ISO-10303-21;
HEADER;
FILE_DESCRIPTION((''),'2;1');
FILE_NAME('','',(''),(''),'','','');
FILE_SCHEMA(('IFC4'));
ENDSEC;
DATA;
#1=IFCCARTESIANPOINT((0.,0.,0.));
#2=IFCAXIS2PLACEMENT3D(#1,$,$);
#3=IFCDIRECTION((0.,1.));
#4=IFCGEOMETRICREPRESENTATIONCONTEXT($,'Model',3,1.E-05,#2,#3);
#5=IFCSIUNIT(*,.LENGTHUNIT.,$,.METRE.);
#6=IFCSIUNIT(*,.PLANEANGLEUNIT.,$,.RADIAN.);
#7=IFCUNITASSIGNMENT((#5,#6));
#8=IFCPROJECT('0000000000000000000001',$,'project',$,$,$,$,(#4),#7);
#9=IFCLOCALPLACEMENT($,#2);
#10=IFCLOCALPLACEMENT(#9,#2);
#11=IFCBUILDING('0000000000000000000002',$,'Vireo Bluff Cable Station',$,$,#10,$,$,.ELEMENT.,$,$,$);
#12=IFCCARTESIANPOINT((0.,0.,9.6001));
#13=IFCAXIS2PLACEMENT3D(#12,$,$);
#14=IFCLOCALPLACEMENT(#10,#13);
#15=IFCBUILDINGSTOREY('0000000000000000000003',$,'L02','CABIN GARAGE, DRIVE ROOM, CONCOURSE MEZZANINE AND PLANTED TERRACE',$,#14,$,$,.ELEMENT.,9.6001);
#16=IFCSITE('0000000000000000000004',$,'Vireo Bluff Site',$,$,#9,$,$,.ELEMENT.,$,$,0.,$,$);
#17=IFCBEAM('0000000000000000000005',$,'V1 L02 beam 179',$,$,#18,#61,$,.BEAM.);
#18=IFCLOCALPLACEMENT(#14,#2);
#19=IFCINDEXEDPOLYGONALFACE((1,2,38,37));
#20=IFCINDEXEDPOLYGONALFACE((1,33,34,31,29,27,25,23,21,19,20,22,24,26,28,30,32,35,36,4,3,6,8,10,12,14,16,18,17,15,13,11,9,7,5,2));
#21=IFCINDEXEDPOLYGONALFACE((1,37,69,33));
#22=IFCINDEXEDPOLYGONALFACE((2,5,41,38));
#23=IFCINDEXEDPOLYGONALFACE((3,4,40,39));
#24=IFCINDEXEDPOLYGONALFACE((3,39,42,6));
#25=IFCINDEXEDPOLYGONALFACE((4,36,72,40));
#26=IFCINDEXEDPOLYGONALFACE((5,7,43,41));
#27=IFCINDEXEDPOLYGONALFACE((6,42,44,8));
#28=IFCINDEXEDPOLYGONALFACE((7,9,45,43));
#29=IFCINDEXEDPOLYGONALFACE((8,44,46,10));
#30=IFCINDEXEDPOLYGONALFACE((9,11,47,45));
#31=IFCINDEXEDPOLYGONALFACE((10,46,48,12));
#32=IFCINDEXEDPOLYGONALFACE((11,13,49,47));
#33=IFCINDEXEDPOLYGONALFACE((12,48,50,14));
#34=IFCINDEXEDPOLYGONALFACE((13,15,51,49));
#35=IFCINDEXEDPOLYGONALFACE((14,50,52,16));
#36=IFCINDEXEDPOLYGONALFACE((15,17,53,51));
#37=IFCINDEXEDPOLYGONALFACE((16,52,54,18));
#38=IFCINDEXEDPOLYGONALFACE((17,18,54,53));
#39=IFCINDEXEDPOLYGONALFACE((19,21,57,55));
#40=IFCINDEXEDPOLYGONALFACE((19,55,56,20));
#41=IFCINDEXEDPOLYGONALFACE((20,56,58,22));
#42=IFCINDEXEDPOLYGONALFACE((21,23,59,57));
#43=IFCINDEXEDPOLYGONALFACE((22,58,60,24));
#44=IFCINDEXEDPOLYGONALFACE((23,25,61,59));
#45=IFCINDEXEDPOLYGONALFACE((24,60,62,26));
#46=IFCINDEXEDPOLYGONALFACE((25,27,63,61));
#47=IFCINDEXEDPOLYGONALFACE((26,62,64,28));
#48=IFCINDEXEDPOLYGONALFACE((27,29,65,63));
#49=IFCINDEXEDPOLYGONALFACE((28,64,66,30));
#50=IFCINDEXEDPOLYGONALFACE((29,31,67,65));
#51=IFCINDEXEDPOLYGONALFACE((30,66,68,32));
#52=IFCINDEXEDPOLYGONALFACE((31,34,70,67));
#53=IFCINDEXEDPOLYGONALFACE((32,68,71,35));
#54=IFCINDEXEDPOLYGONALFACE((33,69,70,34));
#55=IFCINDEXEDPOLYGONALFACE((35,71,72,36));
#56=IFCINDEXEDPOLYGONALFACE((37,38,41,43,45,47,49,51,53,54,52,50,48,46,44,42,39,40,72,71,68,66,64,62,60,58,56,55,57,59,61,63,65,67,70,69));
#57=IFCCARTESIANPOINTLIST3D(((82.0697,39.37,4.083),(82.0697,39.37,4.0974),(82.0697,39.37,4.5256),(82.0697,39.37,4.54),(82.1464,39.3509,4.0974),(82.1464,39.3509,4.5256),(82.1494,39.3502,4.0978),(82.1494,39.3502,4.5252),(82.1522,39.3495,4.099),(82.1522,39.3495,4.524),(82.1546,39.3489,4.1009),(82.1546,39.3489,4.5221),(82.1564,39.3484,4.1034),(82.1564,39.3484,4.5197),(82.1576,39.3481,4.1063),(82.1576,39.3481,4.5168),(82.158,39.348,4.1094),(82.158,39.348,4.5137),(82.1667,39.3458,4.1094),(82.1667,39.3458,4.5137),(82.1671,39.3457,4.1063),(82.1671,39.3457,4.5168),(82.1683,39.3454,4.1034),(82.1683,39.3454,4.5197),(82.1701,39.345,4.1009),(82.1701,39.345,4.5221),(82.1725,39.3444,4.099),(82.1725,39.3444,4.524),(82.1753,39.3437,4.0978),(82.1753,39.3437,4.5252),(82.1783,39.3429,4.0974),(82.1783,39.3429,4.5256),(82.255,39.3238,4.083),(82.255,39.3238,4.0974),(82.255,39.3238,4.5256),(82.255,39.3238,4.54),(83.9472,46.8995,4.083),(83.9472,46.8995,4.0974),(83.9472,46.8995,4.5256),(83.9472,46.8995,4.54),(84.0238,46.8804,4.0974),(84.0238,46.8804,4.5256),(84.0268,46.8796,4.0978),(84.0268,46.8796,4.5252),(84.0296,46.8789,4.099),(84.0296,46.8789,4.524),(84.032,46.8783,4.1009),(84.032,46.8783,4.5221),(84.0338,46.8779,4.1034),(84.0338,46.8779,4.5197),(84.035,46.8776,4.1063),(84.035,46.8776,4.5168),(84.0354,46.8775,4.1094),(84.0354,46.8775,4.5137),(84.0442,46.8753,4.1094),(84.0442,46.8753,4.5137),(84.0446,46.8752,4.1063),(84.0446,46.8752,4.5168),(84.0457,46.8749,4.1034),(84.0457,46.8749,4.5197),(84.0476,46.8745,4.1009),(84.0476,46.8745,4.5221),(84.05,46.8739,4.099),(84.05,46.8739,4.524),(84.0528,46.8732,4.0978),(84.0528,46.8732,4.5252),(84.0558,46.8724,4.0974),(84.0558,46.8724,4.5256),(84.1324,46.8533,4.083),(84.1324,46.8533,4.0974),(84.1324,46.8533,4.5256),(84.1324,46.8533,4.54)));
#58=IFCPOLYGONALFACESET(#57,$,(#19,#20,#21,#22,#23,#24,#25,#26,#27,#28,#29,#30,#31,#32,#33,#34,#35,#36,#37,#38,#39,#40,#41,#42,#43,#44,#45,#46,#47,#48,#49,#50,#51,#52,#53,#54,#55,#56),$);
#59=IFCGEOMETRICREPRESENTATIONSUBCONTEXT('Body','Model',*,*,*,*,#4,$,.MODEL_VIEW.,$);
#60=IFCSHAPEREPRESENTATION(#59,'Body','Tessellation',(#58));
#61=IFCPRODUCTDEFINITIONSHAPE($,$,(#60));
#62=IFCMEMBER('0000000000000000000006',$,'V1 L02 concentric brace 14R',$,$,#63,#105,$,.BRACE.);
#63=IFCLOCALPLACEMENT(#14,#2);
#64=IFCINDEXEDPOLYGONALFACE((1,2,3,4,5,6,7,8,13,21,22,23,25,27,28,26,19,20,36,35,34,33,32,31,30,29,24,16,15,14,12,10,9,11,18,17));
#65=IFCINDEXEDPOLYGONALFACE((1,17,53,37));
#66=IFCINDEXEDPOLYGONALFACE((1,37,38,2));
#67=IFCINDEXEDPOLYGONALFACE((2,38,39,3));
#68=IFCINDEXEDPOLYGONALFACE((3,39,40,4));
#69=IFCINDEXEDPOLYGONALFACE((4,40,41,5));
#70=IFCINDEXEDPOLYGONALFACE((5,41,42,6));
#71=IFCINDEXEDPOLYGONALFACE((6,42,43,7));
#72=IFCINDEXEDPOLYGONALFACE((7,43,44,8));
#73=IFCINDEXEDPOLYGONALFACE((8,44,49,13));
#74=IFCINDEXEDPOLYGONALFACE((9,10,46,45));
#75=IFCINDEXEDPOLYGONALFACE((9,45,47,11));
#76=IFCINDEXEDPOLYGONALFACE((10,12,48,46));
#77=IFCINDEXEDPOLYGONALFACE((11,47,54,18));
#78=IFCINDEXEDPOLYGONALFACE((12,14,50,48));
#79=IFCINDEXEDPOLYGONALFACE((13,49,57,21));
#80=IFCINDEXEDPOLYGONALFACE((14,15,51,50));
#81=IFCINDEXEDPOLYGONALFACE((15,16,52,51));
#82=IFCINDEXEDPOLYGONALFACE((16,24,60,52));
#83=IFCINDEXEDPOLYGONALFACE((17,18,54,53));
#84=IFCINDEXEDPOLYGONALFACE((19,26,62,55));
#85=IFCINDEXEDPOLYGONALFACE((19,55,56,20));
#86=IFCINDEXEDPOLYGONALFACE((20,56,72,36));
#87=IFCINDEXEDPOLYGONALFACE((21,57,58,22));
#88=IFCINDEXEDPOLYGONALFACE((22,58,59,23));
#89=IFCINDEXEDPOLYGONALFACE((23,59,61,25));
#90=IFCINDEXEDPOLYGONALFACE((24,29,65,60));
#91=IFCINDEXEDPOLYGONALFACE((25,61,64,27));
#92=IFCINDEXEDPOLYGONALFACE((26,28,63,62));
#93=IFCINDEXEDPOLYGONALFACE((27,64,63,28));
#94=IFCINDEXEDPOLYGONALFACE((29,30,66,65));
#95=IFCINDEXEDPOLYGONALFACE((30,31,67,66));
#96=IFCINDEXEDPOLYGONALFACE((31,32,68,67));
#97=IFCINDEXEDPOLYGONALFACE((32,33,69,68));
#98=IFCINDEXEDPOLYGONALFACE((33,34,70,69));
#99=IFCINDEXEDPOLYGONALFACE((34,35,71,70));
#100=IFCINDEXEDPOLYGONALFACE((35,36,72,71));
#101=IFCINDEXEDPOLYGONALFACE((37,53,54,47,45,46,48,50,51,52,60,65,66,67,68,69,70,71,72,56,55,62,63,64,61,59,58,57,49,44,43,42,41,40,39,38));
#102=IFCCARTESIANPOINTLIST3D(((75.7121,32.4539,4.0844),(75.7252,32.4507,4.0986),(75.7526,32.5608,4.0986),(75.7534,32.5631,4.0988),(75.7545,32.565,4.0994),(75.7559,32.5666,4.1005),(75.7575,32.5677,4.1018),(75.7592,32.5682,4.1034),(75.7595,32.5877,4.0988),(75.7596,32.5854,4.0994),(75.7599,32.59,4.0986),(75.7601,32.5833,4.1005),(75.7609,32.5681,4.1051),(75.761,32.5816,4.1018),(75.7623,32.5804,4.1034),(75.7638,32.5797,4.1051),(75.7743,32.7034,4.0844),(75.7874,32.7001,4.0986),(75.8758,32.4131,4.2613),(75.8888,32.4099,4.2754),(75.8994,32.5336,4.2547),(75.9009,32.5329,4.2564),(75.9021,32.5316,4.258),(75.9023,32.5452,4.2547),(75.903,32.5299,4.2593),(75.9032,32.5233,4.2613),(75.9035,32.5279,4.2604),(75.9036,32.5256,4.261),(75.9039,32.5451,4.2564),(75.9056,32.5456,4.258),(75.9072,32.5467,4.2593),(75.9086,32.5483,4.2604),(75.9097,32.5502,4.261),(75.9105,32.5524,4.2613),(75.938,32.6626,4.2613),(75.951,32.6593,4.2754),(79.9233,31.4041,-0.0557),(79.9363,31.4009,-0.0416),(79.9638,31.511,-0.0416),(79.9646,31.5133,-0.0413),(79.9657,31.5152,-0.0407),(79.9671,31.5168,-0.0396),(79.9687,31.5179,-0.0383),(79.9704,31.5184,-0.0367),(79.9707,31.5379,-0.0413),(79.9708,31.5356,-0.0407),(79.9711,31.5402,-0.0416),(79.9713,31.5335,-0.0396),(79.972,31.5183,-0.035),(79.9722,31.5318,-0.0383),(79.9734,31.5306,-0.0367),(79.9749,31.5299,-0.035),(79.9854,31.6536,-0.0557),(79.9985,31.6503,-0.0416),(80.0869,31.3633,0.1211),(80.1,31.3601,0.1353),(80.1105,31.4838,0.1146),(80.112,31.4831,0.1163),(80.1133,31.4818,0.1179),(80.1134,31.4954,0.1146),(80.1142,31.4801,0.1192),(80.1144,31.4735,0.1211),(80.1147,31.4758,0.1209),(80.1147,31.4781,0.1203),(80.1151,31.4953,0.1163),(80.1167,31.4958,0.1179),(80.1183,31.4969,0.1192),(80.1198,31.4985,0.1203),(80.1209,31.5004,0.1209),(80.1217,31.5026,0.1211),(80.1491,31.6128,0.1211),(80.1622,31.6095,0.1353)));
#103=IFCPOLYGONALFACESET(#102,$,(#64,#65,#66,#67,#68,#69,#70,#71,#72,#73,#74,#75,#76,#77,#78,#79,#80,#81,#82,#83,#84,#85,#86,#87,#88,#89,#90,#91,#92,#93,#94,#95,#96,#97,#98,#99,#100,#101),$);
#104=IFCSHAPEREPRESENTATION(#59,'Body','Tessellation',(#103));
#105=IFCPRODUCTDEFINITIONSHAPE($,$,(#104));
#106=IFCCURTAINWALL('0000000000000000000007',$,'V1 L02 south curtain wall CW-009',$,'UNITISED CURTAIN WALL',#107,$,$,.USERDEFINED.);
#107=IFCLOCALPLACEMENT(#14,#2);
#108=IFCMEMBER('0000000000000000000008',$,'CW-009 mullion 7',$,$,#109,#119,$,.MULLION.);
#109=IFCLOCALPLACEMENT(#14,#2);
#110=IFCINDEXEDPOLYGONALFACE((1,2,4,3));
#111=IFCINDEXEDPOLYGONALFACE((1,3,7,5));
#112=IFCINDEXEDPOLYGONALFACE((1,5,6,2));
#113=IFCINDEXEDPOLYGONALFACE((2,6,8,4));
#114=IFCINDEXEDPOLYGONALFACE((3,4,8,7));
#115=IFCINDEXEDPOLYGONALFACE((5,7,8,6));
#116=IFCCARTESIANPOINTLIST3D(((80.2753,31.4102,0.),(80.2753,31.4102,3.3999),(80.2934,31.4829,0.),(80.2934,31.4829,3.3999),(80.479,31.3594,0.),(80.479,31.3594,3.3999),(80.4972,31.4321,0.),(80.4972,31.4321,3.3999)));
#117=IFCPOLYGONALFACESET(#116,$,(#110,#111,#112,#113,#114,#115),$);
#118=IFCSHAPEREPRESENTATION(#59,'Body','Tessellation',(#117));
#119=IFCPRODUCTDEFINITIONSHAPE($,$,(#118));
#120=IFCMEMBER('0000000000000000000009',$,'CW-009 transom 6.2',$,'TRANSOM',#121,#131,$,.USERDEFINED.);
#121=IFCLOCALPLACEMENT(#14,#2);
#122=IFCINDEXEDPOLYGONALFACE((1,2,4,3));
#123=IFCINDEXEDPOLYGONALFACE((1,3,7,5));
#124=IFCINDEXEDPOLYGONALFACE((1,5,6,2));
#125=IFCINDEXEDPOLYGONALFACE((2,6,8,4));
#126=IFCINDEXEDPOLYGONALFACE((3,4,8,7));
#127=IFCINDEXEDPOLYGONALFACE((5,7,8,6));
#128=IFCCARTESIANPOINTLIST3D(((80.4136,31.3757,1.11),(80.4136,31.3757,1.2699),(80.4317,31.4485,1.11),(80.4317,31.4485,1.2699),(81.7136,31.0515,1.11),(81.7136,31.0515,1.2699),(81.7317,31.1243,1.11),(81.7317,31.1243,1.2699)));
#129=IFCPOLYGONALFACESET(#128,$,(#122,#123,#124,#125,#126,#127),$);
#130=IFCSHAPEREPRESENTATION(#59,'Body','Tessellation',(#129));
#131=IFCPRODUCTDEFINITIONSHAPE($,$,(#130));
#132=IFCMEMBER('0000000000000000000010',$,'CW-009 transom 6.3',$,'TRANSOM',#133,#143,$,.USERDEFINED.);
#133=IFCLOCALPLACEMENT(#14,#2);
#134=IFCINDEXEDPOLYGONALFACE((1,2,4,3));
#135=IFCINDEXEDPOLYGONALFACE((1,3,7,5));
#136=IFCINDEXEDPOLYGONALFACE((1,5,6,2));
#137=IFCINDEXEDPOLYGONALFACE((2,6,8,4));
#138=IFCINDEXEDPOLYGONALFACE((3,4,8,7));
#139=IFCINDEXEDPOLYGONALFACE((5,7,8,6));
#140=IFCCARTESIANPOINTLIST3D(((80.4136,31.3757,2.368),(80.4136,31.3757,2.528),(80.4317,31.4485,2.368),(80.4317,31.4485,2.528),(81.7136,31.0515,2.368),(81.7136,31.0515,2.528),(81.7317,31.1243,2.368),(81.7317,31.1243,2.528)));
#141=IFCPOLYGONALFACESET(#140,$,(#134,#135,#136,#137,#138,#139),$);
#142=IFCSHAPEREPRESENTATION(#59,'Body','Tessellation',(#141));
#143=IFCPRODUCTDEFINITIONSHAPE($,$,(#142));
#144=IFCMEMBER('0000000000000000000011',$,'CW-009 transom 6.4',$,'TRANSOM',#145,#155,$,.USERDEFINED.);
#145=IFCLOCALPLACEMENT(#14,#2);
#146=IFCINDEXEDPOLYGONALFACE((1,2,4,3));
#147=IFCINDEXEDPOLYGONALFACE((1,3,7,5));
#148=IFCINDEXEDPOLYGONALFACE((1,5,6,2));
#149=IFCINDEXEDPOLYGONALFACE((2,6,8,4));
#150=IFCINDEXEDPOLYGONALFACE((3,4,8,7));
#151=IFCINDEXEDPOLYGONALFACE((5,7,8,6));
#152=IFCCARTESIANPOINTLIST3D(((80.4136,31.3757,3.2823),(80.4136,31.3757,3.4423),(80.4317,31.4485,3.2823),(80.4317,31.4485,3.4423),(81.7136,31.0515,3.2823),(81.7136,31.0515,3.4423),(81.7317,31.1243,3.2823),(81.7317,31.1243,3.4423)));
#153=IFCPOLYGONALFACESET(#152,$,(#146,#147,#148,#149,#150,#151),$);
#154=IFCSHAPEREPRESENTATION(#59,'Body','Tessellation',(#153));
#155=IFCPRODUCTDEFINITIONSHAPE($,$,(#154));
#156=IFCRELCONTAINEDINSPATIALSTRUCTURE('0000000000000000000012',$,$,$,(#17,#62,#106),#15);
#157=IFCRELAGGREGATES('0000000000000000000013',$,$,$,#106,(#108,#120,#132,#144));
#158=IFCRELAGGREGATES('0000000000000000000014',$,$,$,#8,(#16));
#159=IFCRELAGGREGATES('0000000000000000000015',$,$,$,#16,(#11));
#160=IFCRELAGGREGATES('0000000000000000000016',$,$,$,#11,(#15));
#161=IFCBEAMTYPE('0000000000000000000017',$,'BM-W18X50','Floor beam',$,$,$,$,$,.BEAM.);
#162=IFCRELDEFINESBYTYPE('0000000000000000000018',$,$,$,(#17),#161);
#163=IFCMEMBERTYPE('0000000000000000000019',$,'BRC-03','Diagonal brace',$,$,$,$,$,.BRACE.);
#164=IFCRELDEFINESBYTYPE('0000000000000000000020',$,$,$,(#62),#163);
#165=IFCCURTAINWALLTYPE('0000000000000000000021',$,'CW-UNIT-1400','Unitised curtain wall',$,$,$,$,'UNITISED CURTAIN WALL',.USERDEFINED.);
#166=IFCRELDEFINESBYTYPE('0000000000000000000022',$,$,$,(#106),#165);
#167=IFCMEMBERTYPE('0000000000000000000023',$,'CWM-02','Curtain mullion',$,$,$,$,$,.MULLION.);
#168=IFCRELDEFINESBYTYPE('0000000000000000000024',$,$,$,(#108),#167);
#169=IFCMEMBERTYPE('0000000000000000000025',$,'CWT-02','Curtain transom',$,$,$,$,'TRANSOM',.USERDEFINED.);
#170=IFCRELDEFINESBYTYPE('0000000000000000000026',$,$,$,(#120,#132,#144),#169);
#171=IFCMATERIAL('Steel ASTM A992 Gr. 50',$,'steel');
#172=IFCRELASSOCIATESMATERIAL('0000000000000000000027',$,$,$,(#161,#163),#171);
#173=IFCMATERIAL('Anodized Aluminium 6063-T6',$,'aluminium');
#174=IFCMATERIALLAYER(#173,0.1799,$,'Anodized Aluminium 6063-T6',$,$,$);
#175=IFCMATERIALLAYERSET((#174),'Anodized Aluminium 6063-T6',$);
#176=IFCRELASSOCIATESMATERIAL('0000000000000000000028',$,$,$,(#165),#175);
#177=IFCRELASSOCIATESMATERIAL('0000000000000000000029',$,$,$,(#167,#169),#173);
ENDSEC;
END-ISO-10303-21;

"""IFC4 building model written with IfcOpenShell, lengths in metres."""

from ifc_helpers import new_model, si_unit, direction, frame, origin, origin_2d, place, context, subcontext, project, spatial, rectangle, i_section, extrude, material, layer, layer_set, material_profile, profile_set, type_object, element, aggregate, save


model = new_model("IFC4")

# Units and contexts
model_context = context("Model", 3, precision=1e-05, world=origin(), true_north=direction((0.0, 1.0)))
body_context = subcontext(model_context, "Body", "Model", "MODEL_VIEW")
ifc_project = project(units=[si_unit("LENGTHUNIT", "METRE"), si_unit("PLANEANGLEUNIT", "RADIAN")], contexts=[model_context])

# Site, building, storey
site_placement = place(None, origin())
site = spatial("IfcSite", under=ifc_project, at=site_placement, Name="Vireo Bluff Site", CompositionType="ELEMENT", RefElevation=0.0)
building_placement = place(site_placement, origin())
building = spatial("IfcBuilding", under=site, at=building_placement, Name="Vireo Bluff Cable Station", CompositionType="ELEMENT")
storey_placement = place(building_placement, frame((0.0, 0.0, 9.6001)))
storey = spatial("IfcBuildingStorey", under=building, at=storey_placement, Name="L02", Description="CABIN GARAGE, DRIVE ROOM, CONCOURSE MEZZANINE AND PLANTED TERRACE", CompositionType="ELEMENT", Elevation=9.6001)

# Shared definitions
ifc_material_1 = material(Name="Steel ASTM A992 Gr. 50", Category="steel")

# Beam
ifc_material_profile_1 = material_profile(ifc_material_1, i_section(OverallWidth=0.1909, OverallDepth=0.457, WebThickness=0.009, FlangeThickness=0.0144, FilletRadius=0.012, at=origin_2d()), Name="W18X50")
ifc_profile_set_1 = profile_set([ifc_material_profile_1], Name="Steel ASTM A992 Gr. 50")
beam_type_1 = type_object("IfcBeamType", Name="BM-W18X50", Description="Floor beam", PredefinedType="BEAM", material=ifc_profile_set_1)
beam_1_placement = place(storey_placement, frame((82.1624, 39.3469, 4.3115), z_axis=(0.241936, 0.970292, 0.0), x_axis=(-0.970292, 0.241936, 0.0)))
element("IfcBeam", 1, at=beam_1_placement, inside=storey, type_object=beam_type_1, Name="V1 L02 beam 179", PredefinedType="BEAM", context=body_context, shape_type="SweptSolid", body=[
    extrude(i_section(OverallWidth=0.1909, OverallDepth=0.457, WebThickness=0.009, FlangeThickness=0.0144, FilletRadius=0.012, at=origin_2d()), origin(), (0.0, 0.0, 1.0), 7.76),
])

# Member
ifc_material_profile_2 = material_profile(ifc_material_1, i_section(OverallWidth=0.2571, OverallDepth=0.2639, WebThickness=0.012, FlangeThickness=0.0195, FilletRadius=0.009, at=origin_2d()), Name="W10X68")
ifc_profile_set_2 = profile_set([ifc_material_profile_2], Name="Steel ASTM A992 Gr. 50")
member_type_1 = type_object("IfcMemberType", Name="BRC-03", Description="Diagonal brace", PredefinedType="BRACE", material=ifc_profile_set_2)
member_1_placement = place(storey_placement, frame((80.0427, 31.5068, 0.0398), z_axis=(-0.702089, 0.175024, 0.690245), x_axis=(-0.241887, -0.970304, 0.0)))
element("IfcMember", 2, at=member_1_placement, inside=storey, type_object=member_type_1, Name="V1 L02 concentric brace 14R", PredefinedType="BRACE", context=body_context, shape_type="SweptSolid", body=[
    extrude(i_section(OverallWidth=0.2571, OverallDepth=0.2639, WebThickness=0.012, FlangeThickness=0.0195, FilletRadius=0.009, at=origin_2d()), origin(), (0.0, 0.0, 1.0), 5.998),
])

# Curtain wall, members
ifc_material_2 = material(Name="Anodized Aluminium 6063-T6", Category="aluminium")
ifc_layer_1 = layer(ifc_material_2, 0.1799, Name="Anodized Aluminium 6063-T6")
ifc_layer_set_1 = layer_set([ifc_layer_1], Name="Anodized Aluminium 6063-T6")
curtain_wall_type = type_object("IfcCurtainWallType", Name="CW-UNIT-1400", Description="Unitised curtain wall", ElementType="UNITISED CURTAIN WALL", PredefinedType="USERDEFINED", material=ifc_layer_set_1)
curtain_wall_placement = place(storey_placement, origin())
curtain_wall = element("IfcCurtainWall", 3, at=curtain_wall_placement, inside=storey, type_object=curtain_wall_type, Name="V1 L02 south curtain wall CW-009", ObjectType="UNITISED CURTAIN WALL", PredefinedType="USERDEFINED")
ifc_material_profile_3 = material_profile(ifc_material_2, rectangle(XDim=0.075, YDim=0.21, at=origin_2d()), Name="ALU-M-75X210")
ifc_profile_set_3 = profile_set([ifc_material_profile_3], Name="Anodized Aluminium 6063-T6")
member_type_2 = type_object("IfcMemberType", Name="CWM-02", Description="Curtain mullion", PredefinedType="MULLION", material=ifc_profile_set_3)
member_2_placement = place(storey_placement, frame((80.3862, 31.4211, 0.0), z_axis=(0.0, 0.0, 1.0), x_axis=(-0.241922, -0.970296, 0.0)))
member_2 = element("IfcMember", 4, at=member_2_placement, type_object=member_type_2, Name="CW-009 mullion 7", PredefinedType="MULLION", context=body_context, shape_type="SweptSolid", body=[
    extrude(rectangle(XDim=0.075, YDim=0.21, at=origin_2d()), origin(), (0.0, 0.0, 1.0), 3.3999),
])
ifc_material_profile_4 = material_profile(ifc_material_2, rectangle(XDim=0.075, YDim=0.1599, at=origin_2d()), Name="ALU-T-75X160")
ifc_profile_set_4 = profile_set([ifc_material_profile_4], Name="Anodized Aluminium 6063-T6")
member_type_3 = type_object("IfcMemberType", Name="CWT-02", Description="Curtain transom", ElementType="TRANSOM", PredefinedType="USERDEFINED", material=ifc_profile_set_4)
member_3_placement = place(storey_placement, frame((81.7227, 31.0879, 1.1899), z_axis=(-0.970282, 0.241978, 0.0), x_axis=(-0.241978, -0.970282, 0.0)))
member_3 = element("IfcMember", 5, at=member_3_placement, type_object=member_type_3, Name="CW-009 transom 6.2", ObjectType="TRANSOM", PredefinedType="USERDEFINED", context=body_context, shape_type="SweptSolid", body=[
    extrude(rectangle(XDim=0.075, YDim=0.1599, at=origin_2d()), origin(), (0.0, 0.0, 1.0), 1.3398),
])
member_4_placement = place(storey_placement, frame((81.7227, 31.0879, 2.448), z_axis=(-0.970282, 0.241978, 0.0), x_axis=(-0.241978, -0.970282, 0.0)))
member_4 = element("IfcMember", 6, at=member_4_placement, type_object=member_type_3, Name="CW-009 transom 6.3", ObjectType="TRANSOM", PredefinedType="USERDEFINED", context=body_context, shape_type="SweptSolid", body=[
    extrude(rectangle(XDim=0.075, YDim=0.1599, at=origin_2d()), origin(), (0.0, 0.0, 1.0), 1.3398),
])
member_5_placement = place(storey_placement, frame((81.7227, 31.0879, 3.3623), z_axis=(-0.970282, 0.241978, 0.0), x_axis=(-0.241978, -0.970282, 0.0)))
member_5 = element("IfcMember", 7, at=member_5_placement, type_object=member_type_3, Name="CW-009 transom 6.4", ObjectType="TRANSOM", PredefinedType="USERDEFINED", context=body_context, shape_type="SweptSolid", body=[
    extrude(rectangle(XDim=0.075, YDim=0.1599, at=origin_2d()), origin(), (0.0, 0.0, 1.0), 1.3398),
])

aggregate(curtain_wall, [member_2, member_3, member_4, member_5])

save(model, "model.ifc")
